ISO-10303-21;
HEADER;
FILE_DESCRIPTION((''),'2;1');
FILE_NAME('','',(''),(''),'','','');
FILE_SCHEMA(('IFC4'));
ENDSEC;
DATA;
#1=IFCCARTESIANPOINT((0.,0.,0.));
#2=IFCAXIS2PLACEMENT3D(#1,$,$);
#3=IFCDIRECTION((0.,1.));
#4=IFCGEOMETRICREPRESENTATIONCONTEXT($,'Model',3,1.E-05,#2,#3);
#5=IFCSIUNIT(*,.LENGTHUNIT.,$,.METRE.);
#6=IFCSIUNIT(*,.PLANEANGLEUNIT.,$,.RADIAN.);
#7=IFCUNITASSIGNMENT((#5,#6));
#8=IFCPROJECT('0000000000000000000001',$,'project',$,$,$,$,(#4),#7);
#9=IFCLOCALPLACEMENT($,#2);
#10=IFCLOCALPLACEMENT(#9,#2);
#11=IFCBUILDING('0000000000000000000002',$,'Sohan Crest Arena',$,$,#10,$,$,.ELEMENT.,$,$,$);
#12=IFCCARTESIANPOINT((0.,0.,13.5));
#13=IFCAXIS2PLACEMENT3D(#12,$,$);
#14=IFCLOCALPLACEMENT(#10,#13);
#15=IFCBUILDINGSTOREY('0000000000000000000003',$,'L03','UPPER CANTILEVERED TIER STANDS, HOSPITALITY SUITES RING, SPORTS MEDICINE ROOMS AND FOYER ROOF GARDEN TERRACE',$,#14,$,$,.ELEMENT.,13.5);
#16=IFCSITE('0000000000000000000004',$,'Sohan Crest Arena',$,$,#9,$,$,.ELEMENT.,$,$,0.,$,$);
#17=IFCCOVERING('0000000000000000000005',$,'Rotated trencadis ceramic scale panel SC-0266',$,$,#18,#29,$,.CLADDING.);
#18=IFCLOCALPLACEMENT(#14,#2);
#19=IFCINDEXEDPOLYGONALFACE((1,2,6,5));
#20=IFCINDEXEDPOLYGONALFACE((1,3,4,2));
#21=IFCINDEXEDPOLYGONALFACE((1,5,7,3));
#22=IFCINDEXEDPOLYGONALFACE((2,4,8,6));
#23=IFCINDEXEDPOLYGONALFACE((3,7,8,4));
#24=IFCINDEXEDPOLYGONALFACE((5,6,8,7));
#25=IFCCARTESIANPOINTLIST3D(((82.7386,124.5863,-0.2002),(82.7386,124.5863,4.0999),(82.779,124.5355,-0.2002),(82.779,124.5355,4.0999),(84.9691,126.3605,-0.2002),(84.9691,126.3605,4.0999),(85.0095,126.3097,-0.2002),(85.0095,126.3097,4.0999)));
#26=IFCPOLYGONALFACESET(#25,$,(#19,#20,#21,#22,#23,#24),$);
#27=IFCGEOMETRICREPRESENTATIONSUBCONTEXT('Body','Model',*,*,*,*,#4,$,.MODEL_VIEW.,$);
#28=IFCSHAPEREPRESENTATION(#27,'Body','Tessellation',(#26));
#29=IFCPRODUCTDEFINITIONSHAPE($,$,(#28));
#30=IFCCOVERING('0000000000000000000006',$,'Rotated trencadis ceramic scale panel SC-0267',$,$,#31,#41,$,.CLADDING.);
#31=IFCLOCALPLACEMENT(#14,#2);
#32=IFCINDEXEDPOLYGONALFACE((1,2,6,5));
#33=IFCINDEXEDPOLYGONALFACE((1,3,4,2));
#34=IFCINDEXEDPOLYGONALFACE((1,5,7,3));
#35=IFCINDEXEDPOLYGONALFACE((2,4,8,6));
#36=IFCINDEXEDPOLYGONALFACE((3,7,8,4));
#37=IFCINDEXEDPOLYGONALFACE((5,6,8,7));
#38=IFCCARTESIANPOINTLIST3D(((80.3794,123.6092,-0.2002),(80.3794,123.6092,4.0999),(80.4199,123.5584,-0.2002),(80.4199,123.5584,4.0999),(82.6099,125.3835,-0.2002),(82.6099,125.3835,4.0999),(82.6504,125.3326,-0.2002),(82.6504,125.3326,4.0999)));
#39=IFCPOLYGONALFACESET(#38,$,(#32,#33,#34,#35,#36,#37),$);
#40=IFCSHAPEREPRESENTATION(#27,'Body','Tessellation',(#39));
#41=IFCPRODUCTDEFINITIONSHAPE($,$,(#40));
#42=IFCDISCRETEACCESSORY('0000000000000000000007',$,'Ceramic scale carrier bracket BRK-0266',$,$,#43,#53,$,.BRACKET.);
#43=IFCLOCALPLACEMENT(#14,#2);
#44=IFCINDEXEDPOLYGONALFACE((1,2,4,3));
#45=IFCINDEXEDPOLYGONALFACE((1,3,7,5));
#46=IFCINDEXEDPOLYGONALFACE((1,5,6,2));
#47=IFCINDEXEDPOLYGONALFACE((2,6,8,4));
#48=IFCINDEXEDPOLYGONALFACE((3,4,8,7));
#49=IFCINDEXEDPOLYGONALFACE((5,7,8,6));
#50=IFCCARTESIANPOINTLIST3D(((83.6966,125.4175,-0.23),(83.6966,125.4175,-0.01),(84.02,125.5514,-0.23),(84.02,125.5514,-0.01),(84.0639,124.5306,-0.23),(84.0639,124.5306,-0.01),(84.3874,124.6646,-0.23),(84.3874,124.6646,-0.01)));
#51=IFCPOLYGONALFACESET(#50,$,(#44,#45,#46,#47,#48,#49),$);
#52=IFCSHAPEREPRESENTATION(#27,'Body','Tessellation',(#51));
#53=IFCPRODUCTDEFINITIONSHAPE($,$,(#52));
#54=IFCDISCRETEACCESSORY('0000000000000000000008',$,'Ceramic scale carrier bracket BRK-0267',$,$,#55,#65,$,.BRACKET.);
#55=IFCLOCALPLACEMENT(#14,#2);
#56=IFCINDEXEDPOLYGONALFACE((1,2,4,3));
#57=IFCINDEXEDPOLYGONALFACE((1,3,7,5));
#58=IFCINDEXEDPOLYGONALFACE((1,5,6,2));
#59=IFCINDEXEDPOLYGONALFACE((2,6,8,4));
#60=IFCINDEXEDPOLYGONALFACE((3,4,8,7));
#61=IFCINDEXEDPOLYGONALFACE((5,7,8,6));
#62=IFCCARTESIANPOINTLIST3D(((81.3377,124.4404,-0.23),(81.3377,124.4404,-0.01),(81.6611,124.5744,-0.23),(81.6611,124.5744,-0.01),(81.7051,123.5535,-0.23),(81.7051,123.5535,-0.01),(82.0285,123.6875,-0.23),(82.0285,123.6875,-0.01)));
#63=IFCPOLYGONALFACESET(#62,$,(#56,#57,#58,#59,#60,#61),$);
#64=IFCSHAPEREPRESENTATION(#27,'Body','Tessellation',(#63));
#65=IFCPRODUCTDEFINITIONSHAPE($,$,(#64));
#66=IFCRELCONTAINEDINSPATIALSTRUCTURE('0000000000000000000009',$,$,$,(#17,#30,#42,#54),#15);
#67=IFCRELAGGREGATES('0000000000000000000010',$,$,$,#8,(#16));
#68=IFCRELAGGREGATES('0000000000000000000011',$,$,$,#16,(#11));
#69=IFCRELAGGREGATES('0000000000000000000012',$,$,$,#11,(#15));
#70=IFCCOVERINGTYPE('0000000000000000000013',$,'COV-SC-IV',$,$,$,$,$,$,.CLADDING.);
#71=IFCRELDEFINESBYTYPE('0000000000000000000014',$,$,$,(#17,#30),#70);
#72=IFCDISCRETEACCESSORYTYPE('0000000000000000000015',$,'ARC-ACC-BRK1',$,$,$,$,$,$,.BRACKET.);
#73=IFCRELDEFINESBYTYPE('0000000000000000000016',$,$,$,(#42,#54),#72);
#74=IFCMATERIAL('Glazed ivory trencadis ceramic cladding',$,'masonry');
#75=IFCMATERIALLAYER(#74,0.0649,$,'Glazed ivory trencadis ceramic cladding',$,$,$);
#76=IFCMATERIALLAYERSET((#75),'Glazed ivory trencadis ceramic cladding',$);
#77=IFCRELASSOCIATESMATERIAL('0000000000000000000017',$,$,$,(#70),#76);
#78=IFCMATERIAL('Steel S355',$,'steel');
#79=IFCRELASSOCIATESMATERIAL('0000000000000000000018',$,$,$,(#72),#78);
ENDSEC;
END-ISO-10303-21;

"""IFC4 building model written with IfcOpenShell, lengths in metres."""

from ifc_helpers import new_model, si_unit, direction, frame, origin, origin_2d, place, context, subcontext, project, spatial, rectangle, extrude, material, layer, layer_set, type_object, element, save


model = new_model("IFC4")

# Units and contexts
model_context = context("Model", 3, precision=1e-05, world=origin(), true_north=direction((0.0, 1.0)))
body_context = subcontext(model_context, "Body", "Model", "MODEL_VIEW")
ifc_project = project(units=[si_unit("LENGTHUNIT", "METRE"), si_unit("PLANEANGLEUNIT", "RADIAN")], contexts=[model_context])

# Site, building, storey
site_placement = place(None, origin())
site = spatial("IfcSite", under=ifc_project, at=site_placement, Name="Sohan Crest Arena", CompositionType="ELEMENT", RefElevation=0.0)
building_placement = place(site_placement, origin())
building = spatial("IfcBuilding", under=site, at=building_placement, Name="Sohan Crest Arena", CompositionType="ELEMENT")
storey_placement = place(building_placement, frame((0.0, 0.0, 13.5)))
storey = spatial("IfcBuildingStorey", under=building, at=storey_placement, Name="L03", Description="UPPER CANTILEVERED TIER STANDS, HOSPITALITY SUITES RING, SPORTS MEDICINE ROOMS AND FOYER ROOF GARDEN TERRACE", CompositionType="ELEMENT", Elevation=13.5)

# Coverings
ifc_material_1 = material(Name="Glazed ivory trencadis ceramic cladding", Category="masonry")
ifc_layer_1 = layer(ifc_material_1, 0.0649, Name="Glazed ivory trencadis ceramic cladding")
ifc_layer_set_1 = layer_set([ifc_layer_1], Name="Glazed ivory trencadis ceramic cladding")
covering_type = type_object("IfcCoveringType", Name="COV-SC-IV", PredefinedType="CLADDING", material=ifc_layer_set_1)
for number, where, z_axis, x_axis, name in (
    (1, (83.874, 125.448, -0.2002), (0.0, 0.0, 1.0), (-0.782608, -0.622515, 0.0), "Rotated trencadis ceramic scale panel SC-0266"),
    (2, (81.5149, 124.4709, -0.2002), (0.0, 0.0, 1.0), (-0.782608, -0.622515, 0.0), "Rotated trencadis ceramic scale panel SC-0267"),
):
    element("IfcCovering", number, at=place(storey_placement, frame(where, z_axis=z_axis, x_axis=x_axis)), inside=storey, type_object=covering_type, Name=name, PredefinedType="CLADDING", context=body_context, shape_type="SweptSolid", body=[
        extrude(rectangle(XDim=2.8501, YDim=0.0649, at=origin_2d()), origin(), (0.0, 0.0, 1.0), 4.3),
    ])

# Discrete accessories
ifc_material_2 = material(Name="Steel S355", Category="steel")
discrete_accessory_type = type_object("IfcDiscreteAccessoryType", Name="ARC-ACC-BRK1", PredefinedType="BRACKET", material=ifc_material_2)
for number, where, z_axis, x_axis, name in (
    (3, (84.042, 125.041, -0.23), (0.0, 0.0, 1.0), (-0.92388, -0.382683, 0.0), "Ceramic scale carrier bracket BRK-0266"),
    (4, (81.6831, 124.064, -0.23), (0.0, 0.0, 1.0), (-0.92388, -0.382683, 0.0), "Ceramic scale carrier bracket BRK-0267"),
):
    element("IfcDiscreteAccessory", number, at=place(storey_placement, frame(where, z_axis=z_axis, x_axis=x_axis)), inside=storey, type_object=discrete_accessory_type, Name=name, PredefinedType="BRACKET", context=body_context, shape_type="SweptSolid", body=[
        extrude(rectangle(XDim=0.3501, YDim=0.96, at=origin_2d()), origin(), (0.0, 0.0, 1.0), 0.22),
    ])

save(model, "model.ifc")
